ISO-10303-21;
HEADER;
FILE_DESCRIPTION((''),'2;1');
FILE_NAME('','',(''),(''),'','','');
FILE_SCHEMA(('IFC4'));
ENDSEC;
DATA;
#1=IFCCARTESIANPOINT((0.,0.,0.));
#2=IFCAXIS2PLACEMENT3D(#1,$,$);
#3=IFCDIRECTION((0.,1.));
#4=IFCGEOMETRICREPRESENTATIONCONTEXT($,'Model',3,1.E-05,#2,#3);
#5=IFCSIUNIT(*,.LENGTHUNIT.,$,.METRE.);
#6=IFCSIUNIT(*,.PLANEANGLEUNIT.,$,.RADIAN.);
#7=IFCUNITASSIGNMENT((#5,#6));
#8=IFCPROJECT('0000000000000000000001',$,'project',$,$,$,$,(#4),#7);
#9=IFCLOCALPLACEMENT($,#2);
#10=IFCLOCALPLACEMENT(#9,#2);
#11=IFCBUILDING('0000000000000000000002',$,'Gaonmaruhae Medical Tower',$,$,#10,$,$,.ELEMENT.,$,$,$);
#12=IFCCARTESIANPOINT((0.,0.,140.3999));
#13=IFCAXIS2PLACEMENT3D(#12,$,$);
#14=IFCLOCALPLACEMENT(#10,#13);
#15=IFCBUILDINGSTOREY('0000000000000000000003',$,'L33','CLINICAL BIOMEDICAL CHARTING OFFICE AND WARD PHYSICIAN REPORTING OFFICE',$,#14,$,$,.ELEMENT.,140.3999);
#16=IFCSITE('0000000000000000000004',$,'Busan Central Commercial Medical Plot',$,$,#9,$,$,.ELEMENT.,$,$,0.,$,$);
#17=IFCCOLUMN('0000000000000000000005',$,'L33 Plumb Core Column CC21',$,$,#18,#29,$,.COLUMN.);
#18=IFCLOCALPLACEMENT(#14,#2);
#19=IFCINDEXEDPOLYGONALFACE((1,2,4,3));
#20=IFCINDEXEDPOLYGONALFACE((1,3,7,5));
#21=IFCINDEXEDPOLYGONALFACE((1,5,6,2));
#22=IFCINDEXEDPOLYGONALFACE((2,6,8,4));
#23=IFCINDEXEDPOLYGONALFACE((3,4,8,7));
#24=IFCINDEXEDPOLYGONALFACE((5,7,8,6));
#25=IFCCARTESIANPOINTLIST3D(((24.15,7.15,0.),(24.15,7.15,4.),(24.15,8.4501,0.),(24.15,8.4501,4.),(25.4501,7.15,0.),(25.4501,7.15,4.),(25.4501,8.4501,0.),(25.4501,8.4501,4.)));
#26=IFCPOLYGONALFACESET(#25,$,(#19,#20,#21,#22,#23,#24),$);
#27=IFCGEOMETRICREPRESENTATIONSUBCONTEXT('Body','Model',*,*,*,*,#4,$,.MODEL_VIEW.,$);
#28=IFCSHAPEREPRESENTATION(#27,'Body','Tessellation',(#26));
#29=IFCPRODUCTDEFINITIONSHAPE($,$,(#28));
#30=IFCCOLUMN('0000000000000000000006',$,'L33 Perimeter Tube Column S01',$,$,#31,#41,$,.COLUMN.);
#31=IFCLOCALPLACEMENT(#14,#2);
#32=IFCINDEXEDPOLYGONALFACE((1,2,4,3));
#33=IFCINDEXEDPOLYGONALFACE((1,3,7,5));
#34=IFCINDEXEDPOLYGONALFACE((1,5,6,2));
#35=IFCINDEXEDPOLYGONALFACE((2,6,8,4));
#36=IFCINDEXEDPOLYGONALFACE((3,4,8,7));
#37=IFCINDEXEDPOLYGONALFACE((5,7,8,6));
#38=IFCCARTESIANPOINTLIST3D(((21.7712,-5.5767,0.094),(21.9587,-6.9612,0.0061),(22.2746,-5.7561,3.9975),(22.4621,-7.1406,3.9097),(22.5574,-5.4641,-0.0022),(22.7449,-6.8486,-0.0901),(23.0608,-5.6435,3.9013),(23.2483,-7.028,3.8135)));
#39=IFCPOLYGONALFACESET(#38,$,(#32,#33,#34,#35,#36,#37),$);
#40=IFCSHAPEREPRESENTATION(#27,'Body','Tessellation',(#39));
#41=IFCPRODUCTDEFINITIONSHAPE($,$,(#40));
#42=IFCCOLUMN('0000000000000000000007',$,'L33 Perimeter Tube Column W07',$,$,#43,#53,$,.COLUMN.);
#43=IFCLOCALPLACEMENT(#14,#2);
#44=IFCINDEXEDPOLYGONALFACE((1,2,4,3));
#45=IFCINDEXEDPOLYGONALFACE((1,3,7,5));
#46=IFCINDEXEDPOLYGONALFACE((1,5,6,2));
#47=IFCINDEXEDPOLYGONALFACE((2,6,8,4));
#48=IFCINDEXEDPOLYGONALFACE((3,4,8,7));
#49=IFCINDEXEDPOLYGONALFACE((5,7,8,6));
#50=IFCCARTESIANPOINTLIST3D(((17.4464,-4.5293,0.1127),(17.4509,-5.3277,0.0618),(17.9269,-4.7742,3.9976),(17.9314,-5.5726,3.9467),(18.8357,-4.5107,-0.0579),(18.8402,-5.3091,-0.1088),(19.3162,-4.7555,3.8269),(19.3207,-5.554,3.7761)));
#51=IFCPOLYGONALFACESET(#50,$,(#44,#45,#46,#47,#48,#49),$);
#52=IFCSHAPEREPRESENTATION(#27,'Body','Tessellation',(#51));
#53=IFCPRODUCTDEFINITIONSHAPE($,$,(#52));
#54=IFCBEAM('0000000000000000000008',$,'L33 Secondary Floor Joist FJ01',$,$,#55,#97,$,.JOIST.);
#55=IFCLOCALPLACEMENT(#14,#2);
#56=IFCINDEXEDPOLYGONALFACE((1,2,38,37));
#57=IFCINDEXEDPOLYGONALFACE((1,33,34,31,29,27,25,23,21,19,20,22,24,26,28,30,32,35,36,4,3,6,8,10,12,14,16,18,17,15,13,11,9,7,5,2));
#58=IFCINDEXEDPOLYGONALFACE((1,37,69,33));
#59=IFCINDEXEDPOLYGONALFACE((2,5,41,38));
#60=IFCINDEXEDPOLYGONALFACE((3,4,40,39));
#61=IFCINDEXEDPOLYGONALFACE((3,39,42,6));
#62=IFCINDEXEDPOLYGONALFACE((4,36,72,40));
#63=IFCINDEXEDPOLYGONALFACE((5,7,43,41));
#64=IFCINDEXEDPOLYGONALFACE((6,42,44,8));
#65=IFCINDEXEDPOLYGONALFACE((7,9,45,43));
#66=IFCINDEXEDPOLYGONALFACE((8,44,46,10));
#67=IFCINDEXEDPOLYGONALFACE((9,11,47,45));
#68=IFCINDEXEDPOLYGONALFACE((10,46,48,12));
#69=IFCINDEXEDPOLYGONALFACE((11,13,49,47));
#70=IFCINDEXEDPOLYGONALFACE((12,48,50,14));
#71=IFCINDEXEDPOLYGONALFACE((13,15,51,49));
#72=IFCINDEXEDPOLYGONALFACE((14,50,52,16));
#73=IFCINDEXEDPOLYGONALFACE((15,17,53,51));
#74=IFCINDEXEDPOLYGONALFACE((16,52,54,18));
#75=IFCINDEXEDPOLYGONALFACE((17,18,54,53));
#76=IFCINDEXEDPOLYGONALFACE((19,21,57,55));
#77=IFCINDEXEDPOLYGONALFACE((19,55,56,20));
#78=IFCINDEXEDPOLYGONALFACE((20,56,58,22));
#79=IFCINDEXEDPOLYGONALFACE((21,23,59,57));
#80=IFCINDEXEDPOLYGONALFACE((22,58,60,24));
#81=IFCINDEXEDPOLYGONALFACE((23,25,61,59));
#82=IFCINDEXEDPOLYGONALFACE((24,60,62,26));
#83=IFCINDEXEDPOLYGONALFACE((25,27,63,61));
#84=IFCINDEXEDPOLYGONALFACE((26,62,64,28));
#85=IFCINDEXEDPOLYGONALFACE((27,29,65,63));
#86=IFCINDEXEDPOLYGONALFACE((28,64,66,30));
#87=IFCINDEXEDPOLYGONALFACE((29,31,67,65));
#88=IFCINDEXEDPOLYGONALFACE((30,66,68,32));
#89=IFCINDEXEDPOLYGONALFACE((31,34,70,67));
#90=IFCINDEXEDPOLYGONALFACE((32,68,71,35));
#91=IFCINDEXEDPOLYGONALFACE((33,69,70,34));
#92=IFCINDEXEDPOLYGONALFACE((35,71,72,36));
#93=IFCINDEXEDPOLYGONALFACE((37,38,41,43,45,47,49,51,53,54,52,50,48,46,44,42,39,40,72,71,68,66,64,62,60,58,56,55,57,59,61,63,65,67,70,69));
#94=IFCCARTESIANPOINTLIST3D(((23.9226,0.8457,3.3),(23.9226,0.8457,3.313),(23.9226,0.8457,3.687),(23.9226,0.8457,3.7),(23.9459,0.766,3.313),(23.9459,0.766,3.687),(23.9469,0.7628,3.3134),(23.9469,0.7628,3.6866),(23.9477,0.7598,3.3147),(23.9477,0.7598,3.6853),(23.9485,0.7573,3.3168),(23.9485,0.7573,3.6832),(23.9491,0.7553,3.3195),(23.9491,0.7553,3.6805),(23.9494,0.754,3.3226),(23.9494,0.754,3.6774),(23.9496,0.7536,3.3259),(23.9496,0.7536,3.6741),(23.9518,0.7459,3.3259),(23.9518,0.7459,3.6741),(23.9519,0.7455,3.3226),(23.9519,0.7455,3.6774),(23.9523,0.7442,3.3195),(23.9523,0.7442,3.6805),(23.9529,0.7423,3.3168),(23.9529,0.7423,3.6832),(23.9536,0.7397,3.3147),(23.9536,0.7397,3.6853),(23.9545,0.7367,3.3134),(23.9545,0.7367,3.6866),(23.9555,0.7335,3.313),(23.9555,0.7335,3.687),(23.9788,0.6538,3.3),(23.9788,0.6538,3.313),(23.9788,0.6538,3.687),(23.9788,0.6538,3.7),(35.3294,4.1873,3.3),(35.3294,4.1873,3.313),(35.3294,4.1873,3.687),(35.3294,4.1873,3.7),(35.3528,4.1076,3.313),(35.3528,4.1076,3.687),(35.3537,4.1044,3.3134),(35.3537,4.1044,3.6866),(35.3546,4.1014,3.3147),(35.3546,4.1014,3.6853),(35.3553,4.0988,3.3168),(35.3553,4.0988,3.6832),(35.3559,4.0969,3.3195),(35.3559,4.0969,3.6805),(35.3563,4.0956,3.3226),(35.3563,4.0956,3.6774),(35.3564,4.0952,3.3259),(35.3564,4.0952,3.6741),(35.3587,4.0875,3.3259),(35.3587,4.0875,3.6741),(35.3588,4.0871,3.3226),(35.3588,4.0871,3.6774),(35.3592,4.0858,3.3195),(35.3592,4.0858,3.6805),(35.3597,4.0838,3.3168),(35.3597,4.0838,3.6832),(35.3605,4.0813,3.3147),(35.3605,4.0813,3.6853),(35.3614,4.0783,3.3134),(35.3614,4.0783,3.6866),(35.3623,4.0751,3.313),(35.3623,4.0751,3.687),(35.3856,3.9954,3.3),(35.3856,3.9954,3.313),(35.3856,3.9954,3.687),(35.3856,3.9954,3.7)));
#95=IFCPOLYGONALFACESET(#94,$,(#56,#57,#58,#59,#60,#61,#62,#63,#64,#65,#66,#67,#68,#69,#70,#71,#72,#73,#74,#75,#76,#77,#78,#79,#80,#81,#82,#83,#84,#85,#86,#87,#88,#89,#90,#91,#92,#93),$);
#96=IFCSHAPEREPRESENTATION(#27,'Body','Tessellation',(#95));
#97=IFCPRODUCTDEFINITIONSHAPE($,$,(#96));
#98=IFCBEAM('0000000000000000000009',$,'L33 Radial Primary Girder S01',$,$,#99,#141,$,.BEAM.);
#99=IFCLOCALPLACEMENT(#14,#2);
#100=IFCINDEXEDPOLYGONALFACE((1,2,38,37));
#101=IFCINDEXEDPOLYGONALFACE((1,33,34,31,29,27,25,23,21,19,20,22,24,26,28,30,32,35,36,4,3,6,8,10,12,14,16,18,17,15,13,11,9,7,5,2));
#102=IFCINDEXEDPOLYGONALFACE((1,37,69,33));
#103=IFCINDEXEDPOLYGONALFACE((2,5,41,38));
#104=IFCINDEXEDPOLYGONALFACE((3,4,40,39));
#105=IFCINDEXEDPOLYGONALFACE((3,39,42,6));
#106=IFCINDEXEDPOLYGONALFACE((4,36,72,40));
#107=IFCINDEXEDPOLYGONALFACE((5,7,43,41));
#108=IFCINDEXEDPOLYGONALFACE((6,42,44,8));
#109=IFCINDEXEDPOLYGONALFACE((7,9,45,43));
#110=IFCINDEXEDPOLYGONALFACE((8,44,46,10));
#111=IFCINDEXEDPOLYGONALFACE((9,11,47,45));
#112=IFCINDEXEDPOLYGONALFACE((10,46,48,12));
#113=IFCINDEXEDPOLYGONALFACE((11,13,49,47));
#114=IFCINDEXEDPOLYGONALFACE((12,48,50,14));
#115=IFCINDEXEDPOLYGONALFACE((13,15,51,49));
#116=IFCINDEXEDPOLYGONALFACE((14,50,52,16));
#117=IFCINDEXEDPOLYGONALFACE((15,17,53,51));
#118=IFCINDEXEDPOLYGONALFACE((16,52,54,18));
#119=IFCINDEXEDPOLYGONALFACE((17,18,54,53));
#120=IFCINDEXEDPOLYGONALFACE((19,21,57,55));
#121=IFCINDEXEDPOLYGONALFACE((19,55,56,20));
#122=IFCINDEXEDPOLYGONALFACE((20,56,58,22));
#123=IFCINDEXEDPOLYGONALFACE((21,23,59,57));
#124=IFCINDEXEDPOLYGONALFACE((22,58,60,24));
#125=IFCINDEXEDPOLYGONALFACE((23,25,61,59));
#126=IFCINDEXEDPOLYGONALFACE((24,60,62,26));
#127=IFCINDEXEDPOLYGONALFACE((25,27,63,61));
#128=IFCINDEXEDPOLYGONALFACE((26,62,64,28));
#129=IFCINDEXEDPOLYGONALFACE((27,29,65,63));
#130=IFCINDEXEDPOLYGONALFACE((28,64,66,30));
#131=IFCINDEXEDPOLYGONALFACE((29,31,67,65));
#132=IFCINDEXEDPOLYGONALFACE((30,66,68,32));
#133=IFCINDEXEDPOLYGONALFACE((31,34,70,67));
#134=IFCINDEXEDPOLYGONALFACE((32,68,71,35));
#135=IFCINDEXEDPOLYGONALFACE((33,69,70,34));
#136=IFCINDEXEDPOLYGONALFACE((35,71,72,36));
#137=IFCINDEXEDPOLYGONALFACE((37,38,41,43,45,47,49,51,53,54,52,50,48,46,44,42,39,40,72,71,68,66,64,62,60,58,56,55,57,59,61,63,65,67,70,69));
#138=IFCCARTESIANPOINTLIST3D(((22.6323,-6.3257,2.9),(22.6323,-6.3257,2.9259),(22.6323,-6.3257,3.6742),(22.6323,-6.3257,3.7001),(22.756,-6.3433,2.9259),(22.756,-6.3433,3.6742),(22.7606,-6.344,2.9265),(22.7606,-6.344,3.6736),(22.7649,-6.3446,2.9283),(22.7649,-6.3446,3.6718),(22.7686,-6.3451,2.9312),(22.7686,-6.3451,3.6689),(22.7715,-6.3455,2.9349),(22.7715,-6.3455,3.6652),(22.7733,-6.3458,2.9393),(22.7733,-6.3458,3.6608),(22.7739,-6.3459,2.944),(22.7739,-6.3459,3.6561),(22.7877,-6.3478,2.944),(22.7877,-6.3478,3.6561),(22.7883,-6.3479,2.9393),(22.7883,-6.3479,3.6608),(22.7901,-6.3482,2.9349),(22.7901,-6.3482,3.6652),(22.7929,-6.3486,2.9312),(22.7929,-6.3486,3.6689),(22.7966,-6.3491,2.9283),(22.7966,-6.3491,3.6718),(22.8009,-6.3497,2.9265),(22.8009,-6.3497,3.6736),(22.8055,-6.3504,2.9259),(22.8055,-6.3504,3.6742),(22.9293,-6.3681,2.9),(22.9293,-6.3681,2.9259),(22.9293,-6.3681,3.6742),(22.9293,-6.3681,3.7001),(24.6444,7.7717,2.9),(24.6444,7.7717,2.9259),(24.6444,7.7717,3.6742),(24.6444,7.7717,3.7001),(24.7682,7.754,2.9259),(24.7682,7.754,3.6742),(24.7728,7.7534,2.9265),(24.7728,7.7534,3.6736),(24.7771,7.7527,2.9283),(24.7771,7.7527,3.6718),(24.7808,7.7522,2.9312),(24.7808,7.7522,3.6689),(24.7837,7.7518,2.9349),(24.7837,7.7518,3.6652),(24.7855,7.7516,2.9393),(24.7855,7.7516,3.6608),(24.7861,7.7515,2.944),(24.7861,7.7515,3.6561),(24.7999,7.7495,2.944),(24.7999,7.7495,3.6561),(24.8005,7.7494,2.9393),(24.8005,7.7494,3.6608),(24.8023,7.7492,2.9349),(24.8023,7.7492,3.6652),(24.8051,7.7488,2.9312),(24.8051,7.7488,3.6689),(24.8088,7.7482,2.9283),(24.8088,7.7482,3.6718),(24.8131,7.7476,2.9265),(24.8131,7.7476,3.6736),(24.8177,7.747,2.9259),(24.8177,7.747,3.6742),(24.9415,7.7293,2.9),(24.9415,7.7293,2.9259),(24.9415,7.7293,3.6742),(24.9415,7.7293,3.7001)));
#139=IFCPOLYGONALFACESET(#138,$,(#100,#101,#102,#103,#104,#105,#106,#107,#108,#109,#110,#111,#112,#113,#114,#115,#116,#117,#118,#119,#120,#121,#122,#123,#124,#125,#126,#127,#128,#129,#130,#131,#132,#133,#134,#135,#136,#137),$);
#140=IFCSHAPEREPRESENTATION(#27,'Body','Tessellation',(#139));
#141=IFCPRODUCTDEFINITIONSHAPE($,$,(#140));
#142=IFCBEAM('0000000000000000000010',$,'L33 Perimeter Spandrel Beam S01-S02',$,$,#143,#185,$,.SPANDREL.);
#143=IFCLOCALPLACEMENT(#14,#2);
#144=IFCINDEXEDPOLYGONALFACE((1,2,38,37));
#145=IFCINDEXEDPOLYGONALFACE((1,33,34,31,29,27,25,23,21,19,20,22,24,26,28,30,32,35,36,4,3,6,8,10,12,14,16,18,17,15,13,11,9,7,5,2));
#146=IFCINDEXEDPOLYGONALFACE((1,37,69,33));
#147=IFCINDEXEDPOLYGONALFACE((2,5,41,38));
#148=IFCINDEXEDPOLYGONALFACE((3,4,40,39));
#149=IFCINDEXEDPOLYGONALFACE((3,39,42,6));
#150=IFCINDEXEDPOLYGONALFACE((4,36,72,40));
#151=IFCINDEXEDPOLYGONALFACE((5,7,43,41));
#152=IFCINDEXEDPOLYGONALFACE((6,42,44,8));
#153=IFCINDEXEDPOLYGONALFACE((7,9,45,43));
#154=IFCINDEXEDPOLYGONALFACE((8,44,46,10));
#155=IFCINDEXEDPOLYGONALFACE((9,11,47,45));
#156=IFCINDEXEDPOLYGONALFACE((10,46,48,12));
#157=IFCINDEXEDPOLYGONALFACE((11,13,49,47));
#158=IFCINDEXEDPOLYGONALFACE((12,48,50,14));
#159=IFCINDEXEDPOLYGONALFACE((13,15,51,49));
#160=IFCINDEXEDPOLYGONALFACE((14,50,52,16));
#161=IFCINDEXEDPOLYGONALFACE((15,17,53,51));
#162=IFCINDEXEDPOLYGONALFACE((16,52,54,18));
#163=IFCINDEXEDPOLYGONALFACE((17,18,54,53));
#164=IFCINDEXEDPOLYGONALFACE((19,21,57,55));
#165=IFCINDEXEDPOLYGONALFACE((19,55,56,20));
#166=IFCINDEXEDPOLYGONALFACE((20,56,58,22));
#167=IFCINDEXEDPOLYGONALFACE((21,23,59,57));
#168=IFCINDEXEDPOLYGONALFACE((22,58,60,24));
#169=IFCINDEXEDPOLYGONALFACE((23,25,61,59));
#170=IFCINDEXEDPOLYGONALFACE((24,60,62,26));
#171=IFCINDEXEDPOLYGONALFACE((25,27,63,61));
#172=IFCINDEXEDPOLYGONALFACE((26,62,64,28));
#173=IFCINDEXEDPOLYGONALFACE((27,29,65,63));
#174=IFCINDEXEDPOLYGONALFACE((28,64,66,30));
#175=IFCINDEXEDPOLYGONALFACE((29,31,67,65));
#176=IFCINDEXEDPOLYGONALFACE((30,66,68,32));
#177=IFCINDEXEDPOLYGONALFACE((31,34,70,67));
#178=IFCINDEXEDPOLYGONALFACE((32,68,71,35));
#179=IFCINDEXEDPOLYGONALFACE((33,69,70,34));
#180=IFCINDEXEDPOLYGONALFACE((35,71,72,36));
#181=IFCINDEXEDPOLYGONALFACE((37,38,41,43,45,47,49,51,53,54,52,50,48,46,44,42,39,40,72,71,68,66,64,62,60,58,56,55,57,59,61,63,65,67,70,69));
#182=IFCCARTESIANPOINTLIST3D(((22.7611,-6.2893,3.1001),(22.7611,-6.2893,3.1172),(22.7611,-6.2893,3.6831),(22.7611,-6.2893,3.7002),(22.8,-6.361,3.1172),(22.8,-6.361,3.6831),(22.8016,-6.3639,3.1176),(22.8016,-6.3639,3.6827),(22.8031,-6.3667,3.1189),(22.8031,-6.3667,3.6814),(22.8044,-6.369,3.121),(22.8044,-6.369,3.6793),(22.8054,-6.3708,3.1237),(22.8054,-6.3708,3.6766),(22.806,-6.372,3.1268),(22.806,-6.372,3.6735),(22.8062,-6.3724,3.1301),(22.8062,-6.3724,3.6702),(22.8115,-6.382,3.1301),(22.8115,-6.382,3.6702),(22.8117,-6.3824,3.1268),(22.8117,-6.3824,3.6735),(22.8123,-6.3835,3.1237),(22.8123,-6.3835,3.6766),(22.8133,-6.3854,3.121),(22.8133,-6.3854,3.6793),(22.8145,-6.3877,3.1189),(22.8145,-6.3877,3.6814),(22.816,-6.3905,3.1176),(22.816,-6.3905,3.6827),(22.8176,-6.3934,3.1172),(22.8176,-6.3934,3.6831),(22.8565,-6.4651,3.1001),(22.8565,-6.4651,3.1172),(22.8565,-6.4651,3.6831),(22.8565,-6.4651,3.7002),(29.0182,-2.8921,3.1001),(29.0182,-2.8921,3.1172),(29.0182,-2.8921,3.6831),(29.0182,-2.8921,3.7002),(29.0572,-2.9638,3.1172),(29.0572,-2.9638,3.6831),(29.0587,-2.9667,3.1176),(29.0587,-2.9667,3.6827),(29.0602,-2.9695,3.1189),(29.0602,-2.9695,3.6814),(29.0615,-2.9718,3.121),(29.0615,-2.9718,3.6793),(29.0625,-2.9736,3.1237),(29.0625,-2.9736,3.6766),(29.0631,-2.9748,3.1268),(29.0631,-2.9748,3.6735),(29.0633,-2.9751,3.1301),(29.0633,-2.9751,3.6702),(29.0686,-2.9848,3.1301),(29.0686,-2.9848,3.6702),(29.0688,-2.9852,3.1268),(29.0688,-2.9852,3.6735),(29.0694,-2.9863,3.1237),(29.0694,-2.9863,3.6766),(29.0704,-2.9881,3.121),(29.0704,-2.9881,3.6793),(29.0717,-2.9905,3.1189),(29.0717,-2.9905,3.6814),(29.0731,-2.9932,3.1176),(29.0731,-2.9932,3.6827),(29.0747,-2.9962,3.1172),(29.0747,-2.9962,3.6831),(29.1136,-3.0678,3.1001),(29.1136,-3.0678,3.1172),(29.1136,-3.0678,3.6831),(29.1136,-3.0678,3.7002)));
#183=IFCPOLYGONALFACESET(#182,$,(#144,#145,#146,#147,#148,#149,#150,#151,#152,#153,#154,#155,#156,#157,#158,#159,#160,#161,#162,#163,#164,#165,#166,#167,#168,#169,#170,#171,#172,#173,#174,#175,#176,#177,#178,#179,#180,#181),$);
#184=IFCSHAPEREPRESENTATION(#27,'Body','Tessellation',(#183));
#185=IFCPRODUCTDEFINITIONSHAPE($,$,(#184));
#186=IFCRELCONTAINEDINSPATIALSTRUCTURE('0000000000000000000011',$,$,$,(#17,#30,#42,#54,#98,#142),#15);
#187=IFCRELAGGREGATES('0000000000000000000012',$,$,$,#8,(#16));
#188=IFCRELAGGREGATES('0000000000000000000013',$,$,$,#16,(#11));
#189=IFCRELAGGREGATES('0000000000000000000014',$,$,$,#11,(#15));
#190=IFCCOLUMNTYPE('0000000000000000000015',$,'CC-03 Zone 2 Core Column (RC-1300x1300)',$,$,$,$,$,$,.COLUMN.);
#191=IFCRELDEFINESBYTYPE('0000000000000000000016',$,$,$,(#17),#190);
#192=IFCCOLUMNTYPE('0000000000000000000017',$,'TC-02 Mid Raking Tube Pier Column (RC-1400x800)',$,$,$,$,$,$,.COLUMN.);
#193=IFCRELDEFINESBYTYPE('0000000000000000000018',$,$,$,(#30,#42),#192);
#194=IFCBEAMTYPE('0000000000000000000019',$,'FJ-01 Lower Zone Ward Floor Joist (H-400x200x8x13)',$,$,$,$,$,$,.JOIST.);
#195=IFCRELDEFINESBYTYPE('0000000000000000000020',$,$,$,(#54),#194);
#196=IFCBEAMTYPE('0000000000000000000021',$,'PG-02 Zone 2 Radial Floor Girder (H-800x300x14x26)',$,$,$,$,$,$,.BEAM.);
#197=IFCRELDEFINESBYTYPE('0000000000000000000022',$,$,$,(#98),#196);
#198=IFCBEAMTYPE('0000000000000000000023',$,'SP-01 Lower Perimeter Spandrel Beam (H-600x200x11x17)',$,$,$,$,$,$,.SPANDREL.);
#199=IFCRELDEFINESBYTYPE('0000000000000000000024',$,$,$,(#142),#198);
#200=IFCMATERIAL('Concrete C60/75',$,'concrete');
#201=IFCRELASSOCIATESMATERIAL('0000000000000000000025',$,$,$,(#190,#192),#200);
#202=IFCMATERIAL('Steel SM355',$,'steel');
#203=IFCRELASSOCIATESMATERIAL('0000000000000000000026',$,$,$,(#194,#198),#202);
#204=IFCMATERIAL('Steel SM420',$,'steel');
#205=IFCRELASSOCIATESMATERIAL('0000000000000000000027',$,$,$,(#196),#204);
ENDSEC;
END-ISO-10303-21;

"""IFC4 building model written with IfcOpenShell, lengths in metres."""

from ifc_helpers import new_model, si_unit, direction, frame, origin, origin_2d, place, context, subcontext, project, spatial, rectangle, i_section, extrude, material, material_profile, profile_set, type_object, element, save


model = new_model("IFC4")

# Units and contexts
model_context = context("Model", 3, precision=1e-05, world=origin(), true_north=direction((0.0, 1.0)))
body_context = subcontext(model_context, "Body", "Model", "MODEL_VIEW")
ifc_project = project(units=[si_unit("LENGTHUNIT", "METRE"), si_unit("PLANEANGLEUNIT", "RADIAN")], contexts=[model_context])

# Site, building, storey
site_placement = place(None, origin())
site = spatial("IfcSite", under=ifc_project, at=site_placement, Name="Busan Central Commercial Medical Plot", CompositionType="ELEMENT", RefElevation=0.0)
building_placement = place(site_placement, origin())
building = spatial("IfcBuilding", under=site, at=building_placement, Name="Gaonmaruhae Medical Tower", CompositionType="ELEMENT")
storey_placement = place(building_placement, frame((0.0, 0.0, 140.3999)))
storey = spatial("IfcBuildingStorey", under=building, at=storey_placement, Name="L33", Description="CLINICAL BIOMEDICAL CHARTING OFFICE AND WARD PHYSICIAN REPORTING OFFICE", CompositionType="ELEMENT", Elevation=140.3999)

# Columns
ifc_material_1 = material(Name="Concrete C60/75", Category="concrete")
ifc_material_profile_1 = material_profile(ifc_material_1, rectangle(XDim=1.3, YDim=1.3, at=origin_2d()), Name="RC-1300x1300")
ifc_profile_set_1 = profile_set([ifc_material_profile_1], Name="Concrete C60/75")
column_type_1 = type_object("IfcColumnType", Name="CC-03 Zone 2 Core Column (RC-1300x1300)", PredefinedType="COLUMN", material=ifc_profile_set_1)
column_1_placement = place(storey_placement, frame((24.8, 7.8, 0.0), z_axis=(0.0, 0.0, 1.0), x_axis=(1.0, 0.0, 0.0)))
element("IfcColumn", 1, at=column_1_placement, inside=storey, type_object=column_type_1, Name="L33 Plumb Core Column CC21", PredefinedType="COLUMN", context=body_context, shape_type="SweptSolid", body=[
    extrude(rectangle(XDim=1.3, YDim=1.3, at=origin_2d()), origin(), (0.0, 0.0, 1.0), 4.0),
])
ifc_material_profile_2 = material_profile(ifc_material_1, rectangle(XDim=1.3999, YDim=0.8, at=origin_2d()), Name="RC-1400x800")
ifc_profile_set_2 = profile_set([ifc_material_profile_2], Name="Concrete C60/75")
column_type_2 = type_object("IfcColumnType", Name="TC-02 Mid Raking Tube Pier Column (RC-1400x800)", PredefinedType="COLUMN", material=ifc_profile_set_2)
column_2_placement = place(storey_placement, frame((22.2581, -6.2126, 0.002), z_axis=(0.127772, -0.045544, 0.990757), x_axis=(-0.13396, 0.988999, 0.062739)))
element("IfcColumn", 2, at=column_2_placement, inside=storey, type_object=column_type_2, Name="L33 Perimeter Tube Column S01", PredefinedType="COLUMN", context=body_context, shape_type="SweptSolid", body=[
    extrude(rectangle(XDim=1.3999, YDim=0.8, at=origin_2d()), origin(), (0.0, 0.0, 1.0), 3.9399),
])
column_3_placement = place(storey_placement, frame((18.1433, -4.9192, 0.002), z_axis=(0.122506, -0.062435, 0.990502), x_axis=(-0.992452, -0.013321, 0.121907)))
element("IfcColumn", 3, at=column_3_placement, inside=storey, type_object=column_type_2, Name="L33 Perimeter Tube Column W07", PredefinedType="COLUMN", context=body_context, shape_type="SweptSolid", body=[
    extrude(rectangle(XDim=1.3999, YDim=0.8, at=origin_2d()), origin(), (0.0, 0.0, 1.0), 3.9221),
])

# Beams
ifc_material_2 = material(Name="Steel SM355", Category="steel")
ifc_material_profile_3 = material_profile(ifc_material_2, i_section(OverallWidth=0.2, OverallDepth=0.3999, WebThickness=0.0081, FlangeThickness=0.0129, FilletRadius=0.0129, at=origin_2d()), Name="H-400x200x8x13")
ifc_profile_set_3 = profile_set([ifc_material_profile_3], Name="Steel SM355")
beam_type_1 = type_object("IfcBeamType", Name="FJ-01 Lower Zone Ward Floor Joist (H-400x200x8x13)", PredefinedType="JOIST", material=ifc_profile_set_3)
beam_1_placement = place(storey_placement, frame((23.9507, 0.7498, 3.5), z_axis=(0.959669, 0.281131, 0.0), x_axis=(-0.281131, 0.959669, 0.0)))
element("IfcBeam", 4, at=beam_1_placement, inside=storey, type_object=beam_type_1, Name="L33 Secondary Floor Joist FJ01", PredefinedType="JOIST", context=body_context, shape_type="SweptSolid", body=[
    extrude(i_section(OverallWidth=0.2, OverallDepth=0.3999, WebThickness=0.0081, FlangeThickness=0.0129, FilletRadius=0.0129, at=origin_2d()), origin(), (0.0, 0.0, 1.0), 11.8862),
])
ifc_material_3 = material(Name="Steel SM420", Category="steel")
ifc_material_profile_4 = material_profile(ifc_material_3, i_section(OverallWidth=0.3, OverallDepth=0.8, WebThickness=0.0139, FlangeThickness=0.0259, FilletRadius=0.0181, at=origin_2d()), Name="H-800x300x14x26")
ifc_profile_set_4 = profile_set([ifc_material_profile_4], Name="Steel SM420")
beam_type_2 = type_object("IfcBeamType", Name="PG-02 Zone 2 Radial Floor Girder (H-800x300x14x26)", PredefinedType="BEAM", material=ifc_profile_set_4)
beam_2_placement = place(storey_placement, frame((24.793, 7.7505, 3.3), z_axis=(-0.141304, -0.989966, 0.0), x_axis=(0.989966, -0.141304, 0.0)))
element("IfcBeam", 5, at=beam_2_placement, inside=storey, type_object=beam_type_2, Name="L33 Radial Primary Girder S01", PredefinedType="BEAM", context=body_context, shape_type="SweptSolid", body=[
    extrude(i_section(OverallWidth=0.3, OverallDepth=0.8, WebThickness=0.0139, FlangeThickness=0.0259, FilletRadius=0.0181, at=origin_2d()), origin(), (0.0, 0.0, 1.0), 14.2402),
])
ifc_material_profile_5 = material_profile(ifc_material_2, i_section(OverallWidth=0.2, OverallDepth=0.6001, WebThickness=0.011, FlangeThickness=0.0171, FilletRadius=0.0129, at=origin_2d()), Name="H-600x200x11x17")
ifc_profile_set_5 = profile_set([ifc_material_profile_5], Name="Steel SM355")
beam_type_3 = type_object("IfcBeamType", Name="SP-01 Lower Perimeter Spandrel Beam (H-600x200x11x17)", PredefinedType="SPANDREL", material=ifc_profile_set_5)
beam_3_placement = place(storey_placement, frame((22.8088, -6.3772, 3.4001), z_axis=(0.878823, 0.477148, 0.0), x_axis=(-0.477148, 0.878823, 0.0)))
element("IfcBeam", 6, at=beam_3_placement, inside=storey, type_object=beam_type_3, Name="L33 Perimeter Spandrel Beam S01-S02", PredefinedType="SPANDREL", context=body_context, shape_type="SweptSolid", body=[
    extrude(i_section(OverallWidth=0.2, OverallDepth=0.6001, WebThickness=0.011, FlangeThickness=0.0171, FilletRadius=0.0129, at=origin_2d()), origin(), (0.0, 0.0, 1.0), 7.1199),
])

save(model, "model.ifc")
